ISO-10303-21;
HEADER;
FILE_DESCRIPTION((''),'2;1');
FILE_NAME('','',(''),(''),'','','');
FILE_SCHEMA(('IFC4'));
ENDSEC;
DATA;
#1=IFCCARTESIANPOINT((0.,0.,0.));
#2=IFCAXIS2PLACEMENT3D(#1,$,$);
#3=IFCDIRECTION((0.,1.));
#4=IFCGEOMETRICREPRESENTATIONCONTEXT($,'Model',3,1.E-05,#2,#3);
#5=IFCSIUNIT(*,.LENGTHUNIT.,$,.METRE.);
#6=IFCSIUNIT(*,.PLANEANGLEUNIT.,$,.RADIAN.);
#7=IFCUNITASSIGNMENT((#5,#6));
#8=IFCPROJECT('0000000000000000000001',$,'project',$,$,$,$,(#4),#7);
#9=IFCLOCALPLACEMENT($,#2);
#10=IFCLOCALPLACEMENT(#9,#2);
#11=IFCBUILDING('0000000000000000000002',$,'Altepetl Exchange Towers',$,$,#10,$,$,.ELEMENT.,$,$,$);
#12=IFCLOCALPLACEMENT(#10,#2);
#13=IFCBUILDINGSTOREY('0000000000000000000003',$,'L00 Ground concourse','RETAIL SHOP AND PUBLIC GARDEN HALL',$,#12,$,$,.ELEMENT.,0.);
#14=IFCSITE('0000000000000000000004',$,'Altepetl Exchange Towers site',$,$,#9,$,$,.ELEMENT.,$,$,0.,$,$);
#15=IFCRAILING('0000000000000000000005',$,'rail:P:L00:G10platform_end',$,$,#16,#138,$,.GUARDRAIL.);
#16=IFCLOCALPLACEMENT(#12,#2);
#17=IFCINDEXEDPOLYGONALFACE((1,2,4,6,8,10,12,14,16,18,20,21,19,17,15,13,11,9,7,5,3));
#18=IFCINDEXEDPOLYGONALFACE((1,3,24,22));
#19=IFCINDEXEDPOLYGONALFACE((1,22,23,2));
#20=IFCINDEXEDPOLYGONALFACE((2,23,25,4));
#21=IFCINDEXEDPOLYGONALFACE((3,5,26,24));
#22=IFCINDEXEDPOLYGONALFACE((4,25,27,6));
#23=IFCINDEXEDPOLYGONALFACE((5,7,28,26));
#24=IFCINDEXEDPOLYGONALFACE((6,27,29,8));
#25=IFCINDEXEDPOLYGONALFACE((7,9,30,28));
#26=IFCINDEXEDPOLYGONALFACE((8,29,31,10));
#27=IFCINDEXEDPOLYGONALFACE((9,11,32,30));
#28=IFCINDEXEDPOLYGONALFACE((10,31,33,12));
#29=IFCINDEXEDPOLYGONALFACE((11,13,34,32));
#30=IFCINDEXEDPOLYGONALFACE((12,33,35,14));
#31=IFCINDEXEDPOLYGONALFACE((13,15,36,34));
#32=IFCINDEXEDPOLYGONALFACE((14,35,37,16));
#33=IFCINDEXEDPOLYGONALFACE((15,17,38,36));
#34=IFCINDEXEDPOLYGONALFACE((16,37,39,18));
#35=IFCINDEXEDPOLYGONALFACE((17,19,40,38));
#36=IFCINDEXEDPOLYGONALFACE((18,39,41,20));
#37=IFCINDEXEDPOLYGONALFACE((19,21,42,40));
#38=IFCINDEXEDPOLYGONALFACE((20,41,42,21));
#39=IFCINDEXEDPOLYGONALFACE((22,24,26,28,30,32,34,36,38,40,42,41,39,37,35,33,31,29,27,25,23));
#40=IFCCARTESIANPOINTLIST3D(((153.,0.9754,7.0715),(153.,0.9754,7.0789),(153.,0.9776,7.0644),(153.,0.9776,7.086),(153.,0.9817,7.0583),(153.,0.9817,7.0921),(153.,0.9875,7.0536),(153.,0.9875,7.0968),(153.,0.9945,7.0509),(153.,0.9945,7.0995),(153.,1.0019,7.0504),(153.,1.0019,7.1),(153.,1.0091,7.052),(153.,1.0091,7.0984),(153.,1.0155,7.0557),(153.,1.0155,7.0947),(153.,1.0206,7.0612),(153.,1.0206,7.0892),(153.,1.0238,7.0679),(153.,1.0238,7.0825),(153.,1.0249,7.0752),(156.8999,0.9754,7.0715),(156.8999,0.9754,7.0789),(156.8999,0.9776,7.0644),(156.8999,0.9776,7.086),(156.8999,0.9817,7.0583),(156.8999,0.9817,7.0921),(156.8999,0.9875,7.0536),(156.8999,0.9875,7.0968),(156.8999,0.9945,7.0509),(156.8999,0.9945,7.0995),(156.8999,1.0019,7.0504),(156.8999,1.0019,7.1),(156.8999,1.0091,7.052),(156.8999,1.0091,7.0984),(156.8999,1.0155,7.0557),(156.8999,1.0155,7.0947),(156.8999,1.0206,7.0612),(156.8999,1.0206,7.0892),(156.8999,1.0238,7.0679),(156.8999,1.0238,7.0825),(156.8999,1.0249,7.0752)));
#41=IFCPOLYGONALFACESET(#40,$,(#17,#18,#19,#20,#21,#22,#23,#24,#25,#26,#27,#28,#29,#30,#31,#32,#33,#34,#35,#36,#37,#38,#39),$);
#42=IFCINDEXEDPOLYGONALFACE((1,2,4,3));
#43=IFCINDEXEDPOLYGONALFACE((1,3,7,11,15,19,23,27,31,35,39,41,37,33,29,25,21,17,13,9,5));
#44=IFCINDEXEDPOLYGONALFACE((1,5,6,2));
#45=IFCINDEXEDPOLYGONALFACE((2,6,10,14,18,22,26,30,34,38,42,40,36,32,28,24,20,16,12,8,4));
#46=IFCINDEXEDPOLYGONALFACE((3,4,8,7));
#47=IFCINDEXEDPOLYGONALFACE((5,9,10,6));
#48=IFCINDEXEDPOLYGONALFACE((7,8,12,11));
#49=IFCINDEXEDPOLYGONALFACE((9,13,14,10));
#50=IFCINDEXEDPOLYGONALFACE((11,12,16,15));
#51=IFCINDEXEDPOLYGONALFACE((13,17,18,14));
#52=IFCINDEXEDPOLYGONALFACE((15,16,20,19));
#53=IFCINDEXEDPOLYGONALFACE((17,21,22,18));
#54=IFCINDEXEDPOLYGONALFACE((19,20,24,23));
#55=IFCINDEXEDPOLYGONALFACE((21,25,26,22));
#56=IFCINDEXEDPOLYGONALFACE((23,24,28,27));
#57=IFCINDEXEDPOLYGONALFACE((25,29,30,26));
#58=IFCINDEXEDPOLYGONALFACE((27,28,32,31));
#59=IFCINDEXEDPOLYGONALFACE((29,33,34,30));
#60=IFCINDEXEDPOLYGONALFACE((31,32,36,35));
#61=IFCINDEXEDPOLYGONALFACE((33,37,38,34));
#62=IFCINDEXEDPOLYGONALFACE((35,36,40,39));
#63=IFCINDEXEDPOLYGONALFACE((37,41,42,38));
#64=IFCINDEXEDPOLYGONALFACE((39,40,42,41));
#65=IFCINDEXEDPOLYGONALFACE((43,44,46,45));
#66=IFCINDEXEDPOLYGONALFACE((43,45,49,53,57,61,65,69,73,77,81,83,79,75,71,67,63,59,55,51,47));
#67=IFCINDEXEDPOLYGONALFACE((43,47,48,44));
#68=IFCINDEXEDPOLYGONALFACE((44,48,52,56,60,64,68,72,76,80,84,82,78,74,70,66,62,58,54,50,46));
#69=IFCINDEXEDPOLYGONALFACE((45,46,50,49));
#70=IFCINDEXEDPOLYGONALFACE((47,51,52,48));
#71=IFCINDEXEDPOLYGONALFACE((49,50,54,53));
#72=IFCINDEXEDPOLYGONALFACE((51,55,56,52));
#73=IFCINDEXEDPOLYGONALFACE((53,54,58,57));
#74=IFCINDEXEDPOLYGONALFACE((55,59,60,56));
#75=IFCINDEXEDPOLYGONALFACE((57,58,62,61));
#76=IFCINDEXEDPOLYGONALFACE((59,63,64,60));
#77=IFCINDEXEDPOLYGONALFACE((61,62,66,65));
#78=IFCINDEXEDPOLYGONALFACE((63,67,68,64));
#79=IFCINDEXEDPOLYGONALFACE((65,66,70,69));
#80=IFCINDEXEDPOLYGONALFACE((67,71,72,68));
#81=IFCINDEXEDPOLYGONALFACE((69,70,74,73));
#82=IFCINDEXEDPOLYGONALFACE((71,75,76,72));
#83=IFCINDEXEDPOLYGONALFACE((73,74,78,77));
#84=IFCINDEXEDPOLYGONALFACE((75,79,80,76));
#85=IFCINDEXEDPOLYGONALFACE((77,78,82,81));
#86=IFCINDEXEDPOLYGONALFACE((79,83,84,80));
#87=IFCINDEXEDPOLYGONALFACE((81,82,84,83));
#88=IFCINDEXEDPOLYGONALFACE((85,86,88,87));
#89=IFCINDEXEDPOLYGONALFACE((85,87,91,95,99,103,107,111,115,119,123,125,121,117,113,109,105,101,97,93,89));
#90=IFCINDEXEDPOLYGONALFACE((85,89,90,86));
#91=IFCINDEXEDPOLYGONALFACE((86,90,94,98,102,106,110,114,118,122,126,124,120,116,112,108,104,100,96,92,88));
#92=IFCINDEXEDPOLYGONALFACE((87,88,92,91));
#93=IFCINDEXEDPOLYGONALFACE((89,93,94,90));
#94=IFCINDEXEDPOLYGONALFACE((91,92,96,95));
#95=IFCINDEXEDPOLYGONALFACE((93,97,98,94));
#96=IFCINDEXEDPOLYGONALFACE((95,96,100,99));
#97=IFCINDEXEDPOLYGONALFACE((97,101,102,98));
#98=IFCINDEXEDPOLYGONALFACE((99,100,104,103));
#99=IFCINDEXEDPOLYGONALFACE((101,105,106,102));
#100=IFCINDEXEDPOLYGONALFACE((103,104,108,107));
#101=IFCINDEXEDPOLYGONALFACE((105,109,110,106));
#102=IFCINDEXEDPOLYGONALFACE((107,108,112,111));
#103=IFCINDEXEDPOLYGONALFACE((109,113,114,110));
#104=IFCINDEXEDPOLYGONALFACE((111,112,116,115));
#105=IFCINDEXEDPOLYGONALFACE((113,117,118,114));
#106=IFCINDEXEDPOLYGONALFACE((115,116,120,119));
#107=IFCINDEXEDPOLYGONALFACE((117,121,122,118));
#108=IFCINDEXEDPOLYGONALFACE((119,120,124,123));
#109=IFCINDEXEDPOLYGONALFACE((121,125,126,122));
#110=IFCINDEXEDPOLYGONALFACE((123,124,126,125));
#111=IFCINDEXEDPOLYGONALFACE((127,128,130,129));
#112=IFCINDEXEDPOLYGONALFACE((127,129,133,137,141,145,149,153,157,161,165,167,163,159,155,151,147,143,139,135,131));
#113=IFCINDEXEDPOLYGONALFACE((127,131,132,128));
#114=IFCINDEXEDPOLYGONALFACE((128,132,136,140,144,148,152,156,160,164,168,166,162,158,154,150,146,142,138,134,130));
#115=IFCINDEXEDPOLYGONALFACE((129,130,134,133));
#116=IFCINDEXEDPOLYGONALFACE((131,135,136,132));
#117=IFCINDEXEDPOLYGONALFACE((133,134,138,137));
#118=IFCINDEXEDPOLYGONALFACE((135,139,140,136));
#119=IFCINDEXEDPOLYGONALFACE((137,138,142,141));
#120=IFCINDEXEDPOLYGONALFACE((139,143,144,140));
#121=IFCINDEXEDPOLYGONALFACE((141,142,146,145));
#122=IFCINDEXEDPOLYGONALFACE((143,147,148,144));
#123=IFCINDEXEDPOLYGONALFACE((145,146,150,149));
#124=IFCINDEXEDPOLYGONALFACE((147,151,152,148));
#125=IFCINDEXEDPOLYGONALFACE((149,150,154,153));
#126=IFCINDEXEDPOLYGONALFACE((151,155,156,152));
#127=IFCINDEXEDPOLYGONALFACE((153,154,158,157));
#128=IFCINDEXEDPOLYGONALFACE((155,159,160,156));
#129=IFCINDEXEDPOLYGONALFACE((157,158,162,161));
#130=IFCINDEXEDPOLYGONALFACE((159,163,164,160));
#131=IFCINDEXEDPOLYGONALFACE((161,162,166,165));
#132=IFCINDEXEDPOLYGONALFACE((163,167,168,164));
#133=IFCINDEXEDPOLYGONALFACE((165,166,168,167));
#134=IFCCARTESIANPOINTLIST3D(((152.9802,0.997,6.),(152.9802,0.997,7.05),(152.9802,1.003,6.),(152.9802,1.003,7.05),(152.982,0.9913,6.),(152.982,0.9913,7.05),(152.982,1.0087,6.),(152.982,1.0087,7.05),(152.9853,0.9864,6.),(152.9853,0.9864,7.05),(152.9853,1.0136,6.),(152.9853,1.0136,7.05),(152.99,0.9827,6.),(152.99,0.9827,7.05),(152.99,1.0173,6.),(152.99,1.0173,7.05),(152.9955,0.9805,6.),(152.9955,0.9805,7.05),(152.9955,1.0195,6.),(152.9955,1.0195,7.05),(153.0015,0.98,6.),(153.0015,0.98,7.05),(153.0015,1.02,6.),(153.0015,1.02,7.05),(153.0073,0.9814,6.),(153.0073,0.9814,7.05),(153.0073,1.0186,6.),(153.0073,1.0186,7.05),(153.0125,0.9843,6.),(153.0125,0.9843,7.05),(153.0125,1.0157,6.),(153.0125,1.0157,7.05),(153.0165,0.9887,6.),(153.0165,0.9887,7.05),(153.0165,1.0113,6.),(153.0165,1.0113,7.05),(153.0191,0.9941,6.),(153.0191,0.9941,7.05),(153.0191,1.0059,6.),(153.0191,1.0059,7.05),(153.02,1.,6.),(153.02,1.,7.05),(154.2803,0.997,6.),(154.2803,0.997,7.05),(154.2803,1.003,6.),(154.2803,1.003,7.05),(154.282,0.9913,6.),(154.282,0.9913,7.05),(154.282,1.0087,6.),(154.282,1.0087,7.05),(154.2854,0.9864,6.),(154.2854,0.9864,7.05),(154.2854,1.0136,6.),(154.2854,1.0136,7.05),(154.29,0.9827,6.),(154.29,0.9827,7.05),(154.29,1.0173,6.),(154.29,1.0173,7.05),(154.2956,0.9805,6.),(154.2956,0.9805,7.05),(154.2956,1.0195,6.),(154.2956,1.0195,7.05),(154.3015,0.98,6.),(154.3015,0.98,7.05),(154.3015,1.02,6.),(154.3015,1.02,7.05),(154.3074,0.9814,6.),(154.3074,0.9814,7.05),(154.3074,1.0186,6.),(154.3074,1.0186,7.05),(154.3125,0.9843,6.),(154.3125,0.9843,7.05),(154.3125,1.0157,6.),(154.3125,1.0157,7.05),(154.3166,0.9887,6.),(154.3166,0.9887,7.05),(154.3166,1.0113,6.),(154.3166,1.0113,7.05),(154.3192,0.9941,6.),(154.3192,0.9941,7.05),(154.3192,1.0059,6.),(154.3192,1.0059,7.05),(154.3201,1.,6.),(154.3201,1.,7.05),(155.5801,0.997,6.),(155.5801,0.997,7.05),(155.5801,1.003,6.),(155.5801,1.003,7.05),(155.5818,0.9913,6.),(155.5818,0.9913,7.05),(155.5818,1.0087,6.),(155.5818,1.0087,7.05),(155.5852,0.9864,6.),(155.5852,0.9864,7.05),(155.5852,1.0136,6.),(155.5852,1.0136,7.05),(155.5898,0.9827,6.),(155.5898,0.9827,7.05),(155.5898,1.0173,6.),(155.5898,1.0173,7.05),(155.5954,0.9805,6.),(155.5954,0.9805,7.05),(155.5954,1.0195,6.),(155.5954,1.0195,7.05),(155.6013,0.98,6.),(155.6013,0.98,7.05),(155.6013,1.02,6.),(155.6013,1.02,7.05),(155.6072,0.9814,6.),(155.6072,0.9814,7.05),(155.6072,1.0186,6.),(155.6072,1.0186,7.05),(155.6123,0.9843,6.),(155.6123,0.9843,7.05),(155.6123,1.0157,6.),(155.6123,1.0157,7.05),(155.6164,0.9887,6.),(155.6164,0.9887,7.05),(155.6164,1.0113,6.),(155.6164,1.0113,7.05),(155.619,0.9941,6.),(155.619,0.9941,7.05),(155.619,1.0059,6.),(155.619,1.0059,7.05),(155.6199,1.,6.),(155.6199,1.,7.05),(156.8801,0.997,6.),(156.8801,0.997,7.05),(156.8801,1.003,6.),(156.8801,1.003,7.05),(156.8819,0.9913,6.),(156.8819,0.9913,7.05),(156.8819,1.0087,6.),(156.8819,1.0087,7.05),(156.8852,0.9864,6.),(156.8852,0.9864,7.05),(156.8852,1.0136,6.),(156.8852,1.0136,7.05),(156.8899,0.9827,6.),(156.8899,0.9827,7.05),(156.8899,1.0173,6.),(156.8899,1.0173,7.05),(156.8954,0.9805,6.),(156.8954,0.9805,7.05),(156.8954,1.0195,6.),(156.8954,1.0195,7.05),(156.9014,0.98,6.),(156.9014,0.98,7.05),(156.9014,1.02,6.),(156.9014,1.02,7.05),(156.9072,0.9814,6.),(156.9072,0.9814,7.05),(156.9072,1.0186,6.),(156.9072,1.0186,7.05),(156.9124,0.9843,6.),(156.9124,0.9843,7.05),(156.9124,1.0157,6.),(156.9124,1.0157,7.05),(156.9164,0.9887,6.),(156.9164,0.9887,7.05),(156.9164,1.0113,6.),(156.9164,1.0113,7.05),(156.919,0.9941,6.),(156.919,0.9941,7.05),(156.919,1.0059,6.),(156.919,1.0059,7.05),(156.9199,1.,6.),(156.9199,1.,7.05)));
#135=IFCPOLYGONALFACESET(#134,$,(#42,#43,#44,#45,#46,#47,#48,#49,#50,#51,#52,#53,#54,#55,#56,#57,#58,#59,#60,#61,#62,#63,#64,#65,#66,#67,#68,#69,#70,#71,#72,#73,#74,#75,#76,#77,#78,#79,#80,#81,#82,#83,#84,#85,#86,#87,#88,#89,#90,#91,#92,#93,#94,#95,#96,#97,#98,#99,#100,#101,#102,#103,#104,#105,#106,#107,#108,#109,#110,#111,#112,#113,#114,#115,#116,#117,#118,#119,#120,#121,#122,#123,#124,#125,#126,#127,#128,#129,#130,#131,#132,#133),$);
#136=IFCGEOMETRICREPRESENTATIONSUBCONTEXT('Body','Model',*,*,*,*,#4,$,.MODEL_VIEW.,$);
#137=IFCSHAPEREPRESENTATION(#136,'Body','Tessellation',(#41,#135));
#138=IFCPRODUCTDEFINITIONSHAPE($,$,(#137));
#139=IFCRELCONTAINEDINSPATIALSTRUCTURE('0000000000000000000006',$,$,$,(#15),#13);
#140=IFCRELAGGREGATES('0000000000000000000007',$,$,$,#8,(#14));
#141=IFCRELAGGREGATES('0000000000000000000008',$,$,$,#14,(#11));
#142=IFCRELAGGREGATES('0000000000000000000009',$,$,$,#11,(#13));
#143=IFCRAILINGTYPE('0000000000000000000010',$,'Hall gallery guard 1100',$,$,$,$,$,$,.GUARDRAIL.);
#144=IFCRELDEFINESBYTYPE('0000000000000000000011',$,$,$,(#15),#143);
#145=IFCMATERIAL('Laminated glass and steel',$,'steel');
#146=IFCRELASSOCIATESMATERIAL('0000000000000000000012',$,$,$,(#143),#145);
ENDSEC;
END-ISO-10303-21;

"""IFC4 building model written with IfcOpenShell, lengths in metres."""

from ifc_helpers import new_model, si_unit, direction, frame, origin, origin_2d, place, context, subcontext, project, spatial, circle, extrude, source, transform, mapped, material, type_object, element, save


model = new_model("IFC4")

# Units and contexts
model_context = context("Model", 3, precision=1e-05, world=origin(), true_north=direction((0.0, 1.0)))
body_context = subcontext(model_context, "Body", "Model", "MODEL_VIEW")
ifc_project = project(units=[si_unit("LENGTHUNIT", "METRE"), si_unit("PLANEANGLEUNIT", "RADIAN")], contexts=[model_context])

# Site, building, storey
site_placement = place(None, origin())
site = spatial("IfcSite", under=ifc_project, at=site_placement, Name="Altepetl Exchange Towers site", CompositionType="ELEMENT", RefElevation=0.0)
building_placement = place(site_placement, origin())
building = spatial("IfcBuilding", under=site, at=building_placement, Name="Altepetl Exchange Towers", CompositionType="ELEMENT")
storey_placement = place(building_placement, origin())
storey = spatial("IfcBuildingStorey", under=building, at=storey_placement, Name="L00 Ground concourse", Description="RETAIL SHOP AND PUBLIC GARDEN HALL", CompositionType="ELEMENT", Elevation=0.0)

# Railing
ifc_material_1 = material(Name="Laminated glass and steel", Category="steel")
railing_type_1 = type_object("IfcRailingType", Name="Hall gallery guard 1100", PredefinedType="GUARDRAIL", material=ifc_material_1)
shared_shape_1 = source(origin(), body_context, "Body", "SweptSolid", [
    extrude(circle(Radius=0.02, at=origin_2d()), origin(), (0.0, 0.0, 1.0), 1.05),
])
railing_1_placement = place(storey_placement, frame((153.0, 1.0, 6.0)))
element("IfcRailing", 1, at=railing_1_placement, inside=storey, type_object=railing_type_1, Name="rail:P:L00:G10platform_end", PredefinedType="GUARDRAIL", context=body_context, shape_type="SweptSolid", body=[
    extrude(circle(Radius=0.0249, at=origin_2d()), frame((0.0, 0.0, 1.0752), z_axis=(1.0, 0.0, 0.0), x_axis=(0.0, 1.0, 0.0)), (0.0, 0.0, 1.0), 3.8999),
    mapped(shared_shape_1, transform((0.0, 0.0, 0.0))),
    mapped(shared_shape_1, transform((1.3, 0.0, 0.0))),
    mapped(shared_shape_1, transform((2.5999, 0.0, 0.0))),
    mapped(shared_shape_1, transform((3.8999, 0.0, 0.0))),
])

save(model, "model.ifc")
